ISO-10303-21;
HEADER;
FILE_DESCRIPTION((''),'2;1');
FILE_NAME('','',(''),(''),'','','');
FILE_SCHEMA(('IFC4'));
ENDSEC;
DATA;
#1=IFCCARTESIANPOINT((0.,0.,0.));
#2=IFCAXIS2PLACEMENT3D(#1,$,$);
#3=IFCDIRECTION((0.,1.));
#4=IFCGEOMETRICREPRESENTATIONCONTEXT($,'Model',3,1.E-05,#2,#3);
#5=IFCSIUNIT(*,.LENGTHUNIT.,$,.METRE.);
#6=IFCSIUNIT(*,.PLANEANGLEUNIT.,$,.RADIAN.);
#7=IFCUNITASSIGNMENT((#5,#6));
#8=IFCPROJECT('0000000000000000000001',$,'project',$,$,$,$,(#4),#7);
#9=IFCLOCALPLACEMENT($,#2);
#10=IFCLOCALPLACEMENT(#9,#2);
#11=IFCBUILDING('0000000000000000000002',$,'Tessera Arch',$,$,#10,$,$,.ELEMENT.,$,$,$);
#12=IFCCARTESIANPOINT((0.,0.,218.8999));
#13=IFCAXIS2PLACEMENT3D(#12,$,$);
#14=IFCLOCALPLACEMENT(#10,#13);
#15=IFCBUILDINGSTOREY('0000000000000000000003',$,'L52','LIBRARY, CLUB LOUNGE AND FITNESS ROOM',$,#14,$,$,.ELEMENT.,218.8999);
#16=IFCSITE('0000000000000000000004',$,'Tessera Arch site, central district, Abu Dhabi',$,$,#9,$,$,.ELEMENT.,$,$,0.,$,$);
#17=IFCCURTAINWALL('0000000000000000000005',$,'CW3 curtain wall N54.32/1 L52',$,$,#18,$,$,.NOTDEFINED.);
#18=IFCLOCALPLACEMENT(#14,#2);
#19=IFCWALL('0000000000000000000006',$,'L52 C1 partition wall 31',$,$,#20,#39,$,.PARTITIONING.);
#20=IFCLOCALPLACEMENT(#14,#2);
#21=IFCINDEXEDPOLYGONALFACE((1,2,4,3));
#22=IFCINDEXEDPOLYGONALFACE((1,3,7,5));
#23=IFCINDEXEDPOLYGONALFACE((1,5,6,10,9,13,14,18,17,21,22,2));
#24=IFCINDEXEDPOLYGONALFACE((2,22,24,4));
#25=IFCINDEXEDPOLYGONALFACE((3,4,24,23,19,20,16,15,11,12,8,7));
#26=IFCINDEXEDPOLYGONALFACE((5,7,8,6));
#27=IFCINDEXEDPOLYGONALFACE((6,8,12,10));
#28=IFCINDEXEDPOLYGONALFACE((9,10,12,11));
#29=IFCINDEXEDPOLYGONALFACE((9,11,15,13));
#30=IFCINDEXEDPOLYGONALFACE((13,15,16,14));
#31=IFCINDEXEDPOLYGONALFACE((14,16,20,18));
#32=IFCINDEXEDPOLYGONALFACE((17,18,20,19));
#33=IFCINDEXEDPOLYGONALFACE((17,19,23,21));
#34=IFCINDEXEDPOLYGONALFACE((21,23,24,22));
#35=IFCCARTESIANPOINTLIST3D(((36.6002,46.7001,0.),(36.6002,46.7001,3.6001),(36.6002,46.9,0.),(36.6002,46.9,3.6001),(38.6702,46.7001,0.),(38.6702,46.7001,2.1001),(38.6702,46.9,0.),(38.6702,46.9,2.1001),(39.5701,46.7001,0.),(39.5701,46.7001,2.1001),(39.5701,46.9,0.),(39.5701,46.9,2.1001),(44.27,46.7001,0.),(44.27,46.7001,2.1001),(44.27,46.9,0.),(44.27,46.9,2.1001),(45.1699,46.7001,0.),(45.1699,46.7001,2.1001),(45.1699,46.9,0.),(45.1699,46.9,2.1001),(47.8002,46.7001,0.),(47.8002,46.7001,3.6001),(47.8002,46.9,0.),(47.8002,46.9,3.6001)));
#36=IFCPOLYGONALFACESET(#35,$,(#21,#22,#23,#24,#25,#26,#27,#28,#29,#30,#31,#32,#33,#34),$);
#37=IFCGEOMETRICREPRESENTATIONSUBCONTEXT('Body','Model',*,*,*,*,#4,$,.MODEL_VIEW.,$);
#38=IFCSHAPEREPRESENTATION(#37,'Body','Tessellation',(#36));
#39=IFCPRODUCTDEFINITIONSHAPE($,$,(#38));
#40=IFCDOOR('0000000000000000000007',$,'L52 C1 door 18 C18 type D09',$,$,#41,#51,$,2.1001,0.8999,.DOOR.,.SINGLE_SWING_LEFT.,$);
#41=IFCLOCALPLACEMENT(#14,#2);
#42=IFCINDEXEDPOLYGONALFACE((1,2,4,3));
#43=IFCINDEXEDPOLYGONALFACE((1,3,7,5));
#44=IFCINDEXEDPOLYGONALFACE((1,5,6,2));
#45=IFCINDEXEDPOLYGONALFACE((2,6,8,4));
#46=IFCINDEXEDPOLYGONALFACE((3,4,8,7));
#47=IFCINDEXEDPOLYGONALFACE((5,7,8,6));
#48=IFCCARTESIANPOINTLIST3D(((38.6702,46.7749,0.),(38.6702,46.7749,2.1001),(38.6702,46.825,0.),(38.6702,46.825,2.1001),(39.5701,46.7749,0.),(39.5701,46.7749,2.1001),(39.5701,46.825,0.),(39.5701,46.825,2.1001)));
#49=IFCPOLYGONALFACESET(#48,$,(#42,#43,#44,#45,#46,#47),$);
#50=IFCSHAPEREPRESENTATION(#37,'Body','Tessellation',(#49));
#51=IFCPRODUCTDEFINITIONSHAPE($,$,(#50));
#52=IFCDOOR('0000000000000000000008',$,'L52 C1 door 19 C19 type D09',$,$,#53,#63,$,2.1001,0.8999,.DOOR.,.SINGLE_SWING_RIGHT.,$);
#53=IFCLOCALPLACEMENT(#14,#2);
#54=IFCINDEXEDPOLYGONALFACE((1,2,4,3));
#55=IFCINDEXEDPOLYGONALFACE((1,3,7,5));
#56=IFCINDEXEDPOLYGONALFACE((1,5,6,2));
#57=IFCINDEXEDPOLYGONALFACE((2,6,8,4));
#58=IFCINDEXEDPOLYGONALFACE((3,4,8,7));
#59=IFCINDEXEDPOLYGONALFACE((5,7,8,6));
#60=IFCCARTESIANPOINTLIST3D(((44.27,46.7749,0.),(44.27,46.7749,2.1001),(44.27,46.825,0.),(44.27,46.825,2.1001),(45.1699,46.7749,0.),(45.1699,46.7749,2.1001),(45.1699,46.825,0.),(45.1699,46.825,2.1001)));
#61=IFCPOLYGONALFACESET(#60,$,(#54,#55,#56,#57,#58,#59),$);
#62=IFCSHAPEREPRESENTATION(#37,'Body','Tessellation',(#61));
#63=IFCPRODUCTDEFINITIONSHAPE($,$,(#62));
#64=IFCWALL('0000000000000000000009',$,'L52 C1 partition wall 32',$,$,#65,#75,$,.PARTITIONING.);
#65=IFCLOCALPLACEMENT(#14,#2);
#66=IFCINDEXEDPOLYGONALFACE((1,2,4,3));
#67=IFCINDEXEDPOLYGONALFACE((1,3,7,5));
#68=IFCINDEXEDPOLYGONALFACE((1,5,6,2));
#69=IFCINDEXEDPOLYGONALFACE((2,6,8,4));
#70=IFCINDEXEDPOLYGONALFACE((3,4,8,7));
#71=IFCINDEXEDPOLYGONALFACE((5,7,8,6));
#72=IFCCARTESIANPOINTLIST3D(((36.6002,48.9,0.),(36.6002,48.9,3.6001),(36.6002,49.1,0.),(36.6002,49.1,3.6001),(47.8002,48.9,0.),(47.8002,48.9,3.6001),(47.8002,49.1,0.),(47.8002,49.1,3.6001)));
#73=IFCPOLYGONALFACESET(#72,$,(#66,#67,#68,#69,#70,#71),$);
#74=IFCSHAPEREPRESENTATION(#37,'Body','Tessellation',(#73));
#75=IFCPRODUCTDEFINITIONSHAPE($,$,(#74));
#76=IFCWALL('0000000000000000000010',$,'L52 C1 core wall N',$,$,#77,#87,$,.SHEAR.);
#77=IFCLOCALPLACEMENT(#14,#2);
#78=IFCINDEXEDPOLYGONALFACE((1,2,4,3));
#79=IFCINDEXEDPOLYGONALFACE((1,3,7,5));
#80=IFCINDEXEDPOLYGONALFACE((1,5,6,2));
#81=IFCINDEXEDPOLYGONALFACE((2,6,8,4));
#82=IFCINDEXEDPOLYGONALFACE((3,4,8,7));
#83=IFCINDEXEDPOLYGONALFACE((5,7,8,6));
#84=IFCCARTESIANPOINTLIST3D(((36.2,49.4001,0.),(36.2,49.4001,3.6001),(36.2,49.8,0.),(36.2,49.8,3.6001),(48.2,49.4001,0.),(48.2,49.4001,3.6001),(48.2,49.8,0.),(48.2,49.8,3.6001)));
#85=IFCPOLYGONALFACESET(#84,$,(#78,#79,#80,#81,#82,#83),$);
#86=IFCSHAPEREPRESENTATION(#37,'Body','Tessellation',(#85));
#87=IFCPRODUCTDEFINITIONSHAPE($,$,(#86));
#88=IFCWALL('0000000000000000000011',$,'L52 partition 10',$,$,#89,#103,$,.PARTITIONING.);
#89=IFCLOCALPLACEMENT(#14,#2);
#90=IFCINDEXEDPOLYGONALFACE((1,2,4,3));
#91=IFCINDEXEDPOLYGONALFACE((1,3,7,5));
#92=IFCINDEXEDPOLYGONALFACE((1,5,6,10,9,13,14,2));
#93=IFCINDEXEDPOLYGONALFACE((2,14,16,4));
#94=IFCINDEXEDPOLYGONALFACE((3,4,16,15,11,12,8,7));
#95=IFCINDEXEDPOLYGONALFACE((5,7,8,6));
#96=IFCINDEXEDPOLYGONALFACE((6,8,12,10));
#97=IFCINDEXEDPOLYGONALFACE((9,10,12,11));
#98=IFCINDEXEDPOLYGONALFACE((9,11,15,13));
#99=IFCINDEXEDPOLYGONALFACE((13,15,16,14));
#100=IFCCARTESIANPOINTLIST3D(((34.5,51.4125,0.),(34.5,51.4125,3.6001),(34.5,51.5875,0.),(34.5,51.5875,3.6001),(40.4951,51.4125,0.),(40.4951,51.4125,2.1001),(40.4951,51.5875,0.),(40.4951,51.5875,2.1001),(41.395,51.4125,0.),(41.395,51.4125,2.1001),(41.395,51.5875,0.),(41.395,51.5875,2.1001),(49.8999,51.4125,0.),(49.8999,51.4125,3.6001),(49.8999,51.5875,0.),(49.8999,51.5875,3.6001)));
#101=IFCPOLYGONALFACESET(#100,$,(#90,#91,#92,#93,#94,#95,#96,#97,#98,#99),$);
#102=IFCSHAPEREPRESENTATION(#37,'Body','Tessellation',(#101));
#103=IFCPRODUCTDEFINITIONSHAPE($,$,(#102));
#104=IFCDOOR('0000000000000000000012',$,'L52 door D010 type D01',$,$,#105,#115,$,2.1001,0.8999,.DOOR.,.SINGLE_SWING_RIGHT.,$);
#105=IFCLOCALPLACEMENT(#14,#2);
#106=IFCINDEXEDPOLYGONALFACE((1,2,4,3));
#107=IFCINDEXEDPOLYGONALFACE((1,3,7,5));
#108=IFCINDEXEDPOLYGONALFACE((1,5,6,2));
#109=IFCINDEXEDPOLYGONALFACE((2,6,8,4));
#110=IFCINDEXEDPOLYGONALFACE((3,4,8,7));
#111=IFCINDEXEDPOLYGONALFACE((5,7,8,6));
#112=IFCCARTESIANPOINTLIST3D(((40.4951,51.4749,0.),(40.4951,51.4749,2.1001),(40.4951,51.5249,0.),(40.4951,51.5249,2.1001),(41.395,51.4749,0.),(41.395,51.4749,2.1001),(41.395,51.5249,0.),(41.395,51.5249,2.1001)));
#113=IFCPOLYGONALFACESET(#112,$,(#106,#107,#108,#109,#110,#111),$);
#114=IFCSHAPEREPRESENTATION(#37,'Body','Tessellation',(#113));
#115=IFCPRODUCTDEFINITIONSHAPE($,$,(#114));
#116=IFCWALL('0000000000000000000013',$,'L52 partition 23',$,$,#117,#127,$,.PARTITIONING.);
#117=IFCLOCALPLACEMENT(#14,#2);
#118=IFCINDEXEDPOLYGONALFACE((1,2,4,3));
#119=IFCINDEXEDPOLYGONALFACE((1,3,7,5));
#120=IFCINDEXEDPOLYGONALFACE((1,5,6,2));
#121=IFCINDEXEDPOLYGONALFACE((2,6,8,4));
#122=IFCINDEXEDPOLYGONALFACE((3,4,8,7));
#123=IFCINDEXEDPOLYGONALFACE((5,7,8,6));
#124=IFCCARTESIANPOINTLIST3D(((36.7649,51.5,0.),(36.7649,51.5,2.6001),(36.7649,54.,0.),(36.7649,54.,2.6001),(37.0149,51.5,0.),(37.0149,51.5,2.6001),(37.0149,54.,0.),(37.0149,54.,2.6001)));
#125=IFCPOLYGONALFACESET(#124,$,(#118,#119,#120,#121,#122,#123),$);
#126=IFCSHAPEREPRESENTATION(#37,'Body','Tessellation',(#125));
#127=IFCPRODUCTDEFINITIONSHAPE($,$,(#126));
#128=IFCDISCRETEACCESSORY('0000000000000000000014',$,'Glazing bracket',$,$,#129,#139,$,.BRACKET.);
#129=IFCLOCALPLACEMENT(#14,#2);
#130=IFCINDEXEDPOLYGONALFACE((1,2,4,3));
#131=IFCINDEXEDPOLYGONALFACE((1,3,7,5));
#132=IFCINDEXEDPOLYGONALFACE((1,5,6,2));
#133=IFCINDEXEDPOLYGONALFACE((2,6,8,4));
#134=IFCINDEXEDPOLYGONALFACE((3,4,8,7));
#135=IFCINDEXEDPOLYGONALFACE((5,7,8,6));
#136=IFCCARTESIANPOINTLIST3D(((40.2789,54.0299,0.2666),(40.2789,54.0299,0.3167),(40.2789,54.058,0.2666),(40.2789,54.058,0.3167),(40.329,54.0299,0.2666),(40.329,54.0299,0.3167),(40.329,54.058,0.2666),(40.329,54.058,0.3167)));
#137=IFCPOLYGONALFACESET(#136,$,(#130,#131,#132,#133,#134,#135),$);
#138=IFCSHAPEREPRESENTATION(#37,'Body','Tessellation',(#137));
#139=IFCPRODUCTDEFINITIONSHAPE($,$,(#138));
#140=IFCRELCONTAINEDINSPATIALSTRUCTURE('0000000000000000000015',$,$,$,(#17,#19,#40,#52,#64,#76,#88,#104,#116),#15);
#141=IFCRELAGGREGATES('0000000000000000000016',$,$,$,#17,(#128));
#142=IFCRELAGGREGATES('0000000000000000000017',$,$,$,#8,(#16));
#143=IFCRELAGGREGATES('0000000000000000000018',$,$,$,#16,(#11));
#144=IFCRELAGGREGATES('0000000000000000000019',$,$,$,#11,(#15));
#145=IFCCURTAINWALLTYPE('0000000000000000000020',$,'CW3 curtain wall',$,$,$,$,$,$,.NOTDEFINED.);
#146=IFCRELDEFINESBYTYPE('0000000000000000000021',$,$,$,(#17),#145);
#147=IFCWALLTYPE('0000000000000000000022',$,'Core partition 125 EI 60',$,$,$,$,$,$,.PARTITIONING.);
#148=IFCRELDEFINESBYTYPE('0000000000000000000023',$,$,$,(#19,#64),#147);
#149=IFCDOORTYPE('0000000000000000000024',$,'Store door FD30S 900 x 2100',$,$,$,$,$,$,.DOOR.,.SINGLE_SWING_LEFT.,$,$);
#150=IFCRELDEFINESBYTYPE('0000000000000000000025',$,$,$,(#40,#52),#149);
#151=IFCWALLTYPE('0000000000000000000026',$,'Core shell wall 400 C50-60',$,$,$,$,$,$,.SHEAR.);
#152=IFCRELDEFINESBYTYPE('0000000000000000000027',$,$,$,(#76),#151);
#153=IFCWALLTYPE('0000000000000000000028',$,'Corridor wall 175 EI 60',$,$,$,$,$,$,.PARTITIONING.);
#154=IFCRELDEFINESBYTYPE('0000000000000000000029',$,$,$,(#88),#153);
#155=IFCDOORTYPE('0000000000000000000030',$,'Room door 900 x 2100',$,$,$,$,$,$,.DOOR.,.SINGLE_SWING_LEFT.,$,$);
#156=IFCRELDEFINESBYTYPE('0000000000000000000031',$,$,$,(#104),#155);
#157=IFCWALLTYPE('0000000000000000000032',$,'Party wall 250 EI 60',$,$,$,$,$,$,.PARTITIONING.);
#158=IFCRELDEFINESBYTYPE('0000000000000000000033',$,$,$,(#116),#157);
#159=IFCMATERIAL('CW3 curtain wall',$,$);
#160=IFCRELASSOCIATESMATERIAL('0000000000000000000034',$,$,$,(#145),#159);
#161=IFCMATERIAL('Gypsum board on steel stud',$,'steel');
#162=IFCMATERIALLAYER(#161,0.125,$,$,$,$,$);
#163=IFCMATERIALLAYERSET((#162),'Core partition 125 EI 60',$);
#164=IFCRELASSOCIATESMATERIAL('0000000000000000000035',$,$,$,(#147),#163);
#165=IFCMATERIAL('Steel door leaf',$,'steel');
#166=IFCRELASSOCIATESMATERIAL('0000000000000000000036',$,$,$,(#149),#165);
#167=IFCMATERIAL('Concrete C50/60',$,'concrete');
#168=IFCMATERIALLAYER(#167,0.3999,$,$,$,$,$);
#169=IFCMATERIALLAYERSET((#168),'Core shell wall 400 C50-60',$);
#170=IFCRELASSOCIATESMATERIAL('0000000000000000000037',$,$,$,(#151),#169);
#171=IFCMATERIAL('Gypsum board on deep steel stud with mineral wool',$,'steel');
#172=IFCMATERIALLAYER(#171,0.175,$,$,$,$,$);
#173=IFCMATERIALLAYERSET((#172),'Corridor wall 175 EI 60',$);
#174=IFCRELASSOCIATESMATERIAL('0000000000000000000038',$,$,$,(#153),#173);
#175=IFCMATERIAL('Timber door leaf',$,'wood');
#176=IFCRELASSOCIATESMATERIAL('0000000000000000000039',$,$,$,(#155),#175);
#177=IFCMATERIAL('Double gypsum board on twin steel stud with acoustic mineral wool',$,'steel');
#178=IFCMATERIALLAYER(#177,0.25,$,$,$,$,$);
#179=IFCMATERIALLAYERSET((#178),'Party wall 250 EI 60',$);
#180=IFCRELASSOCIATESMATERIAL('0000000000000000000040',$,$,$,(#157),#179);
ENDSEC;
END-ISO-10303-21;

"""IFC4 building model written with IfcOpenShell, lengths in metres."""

from ifc_helpers import new_model, si_unit, direction, frame, frame_2d, origin, origin_2d, place, context, subcontext, project, spatial, rectangle, extrude, material, layer, layer_set, type_object, element, fill, aggregate, save


model = new_model("IFC4")

# Units and contexts
model_context = context("Model", 3, precision=1e-05, world=origin(), true_north=direction((0.0, 1.0)))
body_context = subcontext(model_context, "Body", "Model", "MODEL_VIEW")
ifc_project = project(units=[si_unit("LENGTHUNIT", "METRE"), si_unit("PLANEANGLEUNIT", "RADIAN")], contexts=[model_context])

# Site, building, storey
site_placement = place(None, origin())
site = spatial("IfcSite", under=ifc_project, at=site_placement, Name="Tessera Arch site, central district, Abu Dhabi", CompositionType="ELEMENT", RefElevation=0.0)
building_placement = place(site_placement, origin())
building = spatial("IfcBuilding", under=site, at=building_placement, Name="Tessera Arch", CompositionType="ELEMENT")
storey_placement = place(building_placement, frame((0.0, 0.0, 218.8999)))
storey = spatial("IfcBuildingStorey", under=building, at=storey_placement, Name="L52", Description="LIBRARY, CLUB LOUNGE AND FITNESS ROOM", CompositionType="ELEMENT", Elevation=218.8999)

# Curtain wall
ifc_material_1 = material(Name="CW3 curtain wall")
curtain_wall_type_1 = type_object("IfcCurtainWallType", Name="CW3 curtain wall", PredefinedType="NOTDEFINED", material=ifc_material_1)
curtain_wall_1_placement = place(storey_placement, origin())
curtain_wall_1 = element("IfcCurtainWall", 1, at=curtain_wall_1_placement, inside=storey, type_object=curtain_wall_type_1, Name="CW3 curtain wall N54.32/1 L52", PredefinedType="NOTDEFINED")

# Wall, openings, doors
ifc_material_2 = material(Name="Gypsum board on steel stud", Category="steel")
ifc_layer_1 = layer(ifc_material_2, 0.125)
ifc_layer_set_1 = layer_set([ifc_layer_1], Name="Core partition 125 EI 60")
wall_type_1 = type_object("IfcWallType", Name="Core partition 125 EI 60", PredefinedType="PARTITIONING", material=ifc_layer_set_1)
wall_1_placement = place(storey_placement, frame((36.6001, 46.8, 0.0), z_axis=(0.0, 0.0, 1.0), x_axis=(1.0, 0.0, 0.0)))
wall_1 = element("IfcWall", 2, at=wall_1_placement, inside=storey, type_object=wall_type_1, Name="L52 C1 partition wall 31", PredefinedType="PARTITIONING", context=body_context, shape_type="SweptSolid", body=[
    extrude(rectangle(XDim=11.2, YDim=0.2, at=frame_2d((5.6001, 0.0))), origin(), (0.0, 0.0, 1.0), 3.6001),
])
opening_1_placement = place(wall_1_placement, frame((2.0701, 0.0, 0.0)))
opening_1 = element("IfcOpeningElement", 3, at=opening_1_placement, cuts=wall_1, PredefinedType="OPENING", context=body_context, shape_type="SweptSolid", body=[
    extrude(rectangle(XDim=0.8999, YDim=2.1001, at=frame_2d((0.45, 1.05))), frame((0.0, 0.1099, 0.0), z_axis=(0.0, -1.0, 0.0), x_axis=(1.0, 0.0, 0.0)), (0.0, 0.0, 1.0), 0.22),
])
opening_2_placement = place(wall_1_placement, frame((7.6699, 0.0, 0.0)))
opening_2 = element("IfcOpeningElement", 4, at=opening_2_placement, cuts=wall_1, PredefinedType="OPENING", context=body_context, shape_type="SweptSolid", body=[
    extrude(rectangle(XDim=0.8999, YDim=2.1001, at=frame_2d((0.45, 1.05))), frame((0.0, 0.1099, 0.0), z_axis=(0.0, -1.0, 0.0), x_axis=(1.0, 0.0, 0.0)), (0.0, 0.0, 1.0), 0.22),
])
ifc_material_3 = material(Name="Steel door leaf", Category="steel")
door_type_1 = type_object("IfcDoorType", Name="Store door FD30S 900 x 2100", OperationType="SINGLE_SWING_LEFT", PredefinedType="DOOR", material=ifc_material_3)
door_1_placement = place(opening_1_placement, origin())
door_1 = element("IfcDoor", 5, at=door_1_placement, inside=storey, type_object=door_type_1, Name="L52 C1 door 18 C18 type D09", OperationType="SINGLE_SWING_LEFT", OverallHeight=2.1001, OverallWidth=0.8999, PredefinedType="DOOR", context=body_context, shape_type="SweptSolid", body=[
    extrude(rectangle(XDim=0.8999, YDim=2.1001, at=frame_2d((0.45, 1.05))), frame((0.0, 0.0249, 0.0), z_axis=(0.0, -1.0, 0.0), x_axis=(1.0, 0.0, 0.0)), (0.0, 0.0, 1.0), 0.05),
])
fill(opening_1, door_1)
door_2_placement = place(opening_2_placement, origin())
door_2 = element("IfcDoor", 6, at=door_2_placement, inside=storey, type_object=door_type_1, Name="L52 C1 door 19 C19 type D09", OperationType="SINGLE_SWING_RIGHT", OverallHeight=2.1001, OverallWidth=0.8999, PredefinedType="DOOR", context=body_context, shape_type="SweptSolid", body=[
    extrude(rectangle(XDim=0.8999, YDim=2.1001, at=frame_2d((0.45, 1.05))), frame((0.0, 0.0249, 0.0), z_axis=(0.0, -1.0, 0.0), x_axis=(1.0, 0.0, 0.0)), (0.0, 0.0, 1.0), 0.05),
])
fill(opening_2, door_2)

# Walls
wall_2_placement = place(storey_placement, frame((36.6001, 49.0, 0.0), z_axis=(0.0, 0.0, 1.0), x_axis=(1.0, 0.0, 0.0)))
element("IfcWall", 7, at=wall_2_placement, inside=storey, type_object=wall_type_1, Name="L52 C1 partition wall 32", PredefinedType="PARTITIONING", context=body_context, shape_type="SweptSolid", body=[
    extrude(rectangle(XDim=11.2, YDim=0.2, at=frame_2d((5.6001, 0.0))), origin(), (0.0, 0.0, 1.0), 3.6001),
])
ifc_material_4 = material(Name="Concrete C50/60", Category="concrete")
ifc_layer_2 = layer(ifc_material_4, 0.3999)
ifc_layer_set_2 = layer_set([ifc_layer_2], Name="Core shell wall 400 C50-60")
wall_type_2 = type_object("IfcWallType", Name="Core shell wall 400 C50-60", PredefinedType="SHEAR", material=ifc_layer_set_2)
wall_3_placement = place(storey_placement, frame((36.2, 49.6001, 0.0), z_axis=(0.0, 0.0, 1.0), x_axis=(1.0, 0.0, 0.0)))
element("IfcWall", 8, at=wall_3_placement, inside=storey, type_object=wall_type_2, Name="L52 C1 core wall N", PredefinedType="SHEAR", context=body_context, shape_type="SweptSolid", body=[
    extrude(rectangle(XDim=12.0, YDim=0.3999, at=frame_2d((6.0, 0.0))), origin(), (0.0, 0.0, 1.0), 3.6001),
])

# Wall, opening, door
ifc_material_5 = material(Name="Gypsum board on deep steel stud with mineral wool", Category="steel")
ifc_layer_3 = layer(ifc_material_5, 0.175)
ifc_layer_set_3 = layer_set([ifc_layer_3], Name="Corridor wall 175 EI 60")
wall_type_3 = type_object("IfcWallType", Name="Corridor wall 175 EI 60", PredefinedType="PARTITIONING", material=ifc_layer_set_3)
wall_4_placement = place(storey_placement, frame((34.5, 51.5, 0.0), z_axis=(0.0, 0.0, 1.0), x_axis=(1.0, 0.0, 0.0)))
wall_4 = element("IfcWall", 9, at=wall_4_placement, inside=storey, type_object=wall_type_3, Name="L52 partition 10", PredefinedType="PARTITIONING", context=body_context, shape_type="SweptSolid", body=[
    extrude(rectangle(XDim=15.3999, YDim=0.175, at=frame_2d((7.7, 0.0))), origin(), (0.0, 0.0, 1.0), 3.6001),
])
opening_3_placement = place(wall_4_placement, frame((5.9951, 0.0, 0.0)))
opening_3 = element("IfcOpeningElement", 10, at=opening_3_placement, cuts=wall_4, PredefinedType="OPENING", context=body_context, shape_type="SweptSolid", body=[
    extrude(rectangle(XDim=0.8999, YDim=2.1001, at=frame_2d((0.45, 1.05))), frame((0.0, 0.0974, 0.0), z_axis=(0.0, -1.0, 0.0), x_axis=(1.0, 0.0, 0.0)), (0.0, 0.0, 1.0), 0.1951),
])
ifc_material_6 = material(Name="Timber door leaf", Category="wood")
door_type_2 = type_object("IfcDoorType", Name="Room door 900 x 2100", OperationType="SINGLE_SWING_LEFT", PredefinedType="DOOR", material=ifc_material_6)
door_3_placement = place(opening_3_placement, origin())
door_3 = element("IfcDoor", 11, at=door_3_placement, inside=storey, type_object=door_type_2, Name="L52 door D010 type D01", OperationType="SINGLE_SWING_RIGHT", OverallHeight=2.1001, OverallWidth=0.8999, PredefinedType="DOOR", context=body_context, shape_type="SweptSolid", body=[
    extrude(rectangle(XDim=0.8999, YDim=2.1001, at=frame_2d((0.45, 1.05))), frame((0.0, 0.0249, 0.0), z_axis=(0.0, -1.0, 0.0), x_axis=(1.0, 0.0, 0.0)), (0.0, 0.0, 1.0), 0.05),
])
fill(opening_3, door_3)

# Wall
ifc_material_7 = material(Name="Double gypsum board on twin steel stud with acoustic mineral wool", Category="steel")
ifc_layer_4 = layer(ifc_material_7, 0.25)
ifc_layer_set_4 = layer_set([ifc_layer_4], Name="Party wall 250 EI 60")
wall_type_4 = type_object("IfcWallType", Name="Party wall 250 EI 60", PredefinedType="PARTITIONING", material=ifc_layer_set_4)
wall_5_placement = place(storey_placement, frame((36.8899, 51.5, 0.0), z_axis=(0.0, 0.0, 1.0), x_axis=(0.0, 1.0, 0.0)))
element("IfcWall", 12, at=wall_5_placement, inside=storey, type_object=wall_type_4, Name="L52 partition 23", PredefinedType="PARTITIONING", context=body_context, shape_type="SweptSolid", body=[
    extrude(rectangle(XDim=2.5, YDim=0.25, at=frame_2d((1.25, 0.0))), origin(), (0.0, 0.0, 1.0), 2.6001),
])

# Discrete accessory
discrete_accessory_placement = place(storey_placement, frame((40.304, 54.0439, 0.2666), z_axis=(0.0, 0.0, 1.0), x_axis=(-1.0, 0.0, 0.0)))
discrete_accessory = element("IfcDiscreteAccessory", 13, at=discrete_accessory_placement, Name="Glazing bracket", PredefinedType="BRACKET", context=body_context, shape_type="SweptSolid", body=[
    extrude(rectangle(XDim=0.05, YDim=0.0281, at=origin_2d()), origin(), (0.0, 0.0, 1.0), 0.05),
])
aggregate(curtain_wall_1, [discrete_accessory])

save(model, "model.ifc")
